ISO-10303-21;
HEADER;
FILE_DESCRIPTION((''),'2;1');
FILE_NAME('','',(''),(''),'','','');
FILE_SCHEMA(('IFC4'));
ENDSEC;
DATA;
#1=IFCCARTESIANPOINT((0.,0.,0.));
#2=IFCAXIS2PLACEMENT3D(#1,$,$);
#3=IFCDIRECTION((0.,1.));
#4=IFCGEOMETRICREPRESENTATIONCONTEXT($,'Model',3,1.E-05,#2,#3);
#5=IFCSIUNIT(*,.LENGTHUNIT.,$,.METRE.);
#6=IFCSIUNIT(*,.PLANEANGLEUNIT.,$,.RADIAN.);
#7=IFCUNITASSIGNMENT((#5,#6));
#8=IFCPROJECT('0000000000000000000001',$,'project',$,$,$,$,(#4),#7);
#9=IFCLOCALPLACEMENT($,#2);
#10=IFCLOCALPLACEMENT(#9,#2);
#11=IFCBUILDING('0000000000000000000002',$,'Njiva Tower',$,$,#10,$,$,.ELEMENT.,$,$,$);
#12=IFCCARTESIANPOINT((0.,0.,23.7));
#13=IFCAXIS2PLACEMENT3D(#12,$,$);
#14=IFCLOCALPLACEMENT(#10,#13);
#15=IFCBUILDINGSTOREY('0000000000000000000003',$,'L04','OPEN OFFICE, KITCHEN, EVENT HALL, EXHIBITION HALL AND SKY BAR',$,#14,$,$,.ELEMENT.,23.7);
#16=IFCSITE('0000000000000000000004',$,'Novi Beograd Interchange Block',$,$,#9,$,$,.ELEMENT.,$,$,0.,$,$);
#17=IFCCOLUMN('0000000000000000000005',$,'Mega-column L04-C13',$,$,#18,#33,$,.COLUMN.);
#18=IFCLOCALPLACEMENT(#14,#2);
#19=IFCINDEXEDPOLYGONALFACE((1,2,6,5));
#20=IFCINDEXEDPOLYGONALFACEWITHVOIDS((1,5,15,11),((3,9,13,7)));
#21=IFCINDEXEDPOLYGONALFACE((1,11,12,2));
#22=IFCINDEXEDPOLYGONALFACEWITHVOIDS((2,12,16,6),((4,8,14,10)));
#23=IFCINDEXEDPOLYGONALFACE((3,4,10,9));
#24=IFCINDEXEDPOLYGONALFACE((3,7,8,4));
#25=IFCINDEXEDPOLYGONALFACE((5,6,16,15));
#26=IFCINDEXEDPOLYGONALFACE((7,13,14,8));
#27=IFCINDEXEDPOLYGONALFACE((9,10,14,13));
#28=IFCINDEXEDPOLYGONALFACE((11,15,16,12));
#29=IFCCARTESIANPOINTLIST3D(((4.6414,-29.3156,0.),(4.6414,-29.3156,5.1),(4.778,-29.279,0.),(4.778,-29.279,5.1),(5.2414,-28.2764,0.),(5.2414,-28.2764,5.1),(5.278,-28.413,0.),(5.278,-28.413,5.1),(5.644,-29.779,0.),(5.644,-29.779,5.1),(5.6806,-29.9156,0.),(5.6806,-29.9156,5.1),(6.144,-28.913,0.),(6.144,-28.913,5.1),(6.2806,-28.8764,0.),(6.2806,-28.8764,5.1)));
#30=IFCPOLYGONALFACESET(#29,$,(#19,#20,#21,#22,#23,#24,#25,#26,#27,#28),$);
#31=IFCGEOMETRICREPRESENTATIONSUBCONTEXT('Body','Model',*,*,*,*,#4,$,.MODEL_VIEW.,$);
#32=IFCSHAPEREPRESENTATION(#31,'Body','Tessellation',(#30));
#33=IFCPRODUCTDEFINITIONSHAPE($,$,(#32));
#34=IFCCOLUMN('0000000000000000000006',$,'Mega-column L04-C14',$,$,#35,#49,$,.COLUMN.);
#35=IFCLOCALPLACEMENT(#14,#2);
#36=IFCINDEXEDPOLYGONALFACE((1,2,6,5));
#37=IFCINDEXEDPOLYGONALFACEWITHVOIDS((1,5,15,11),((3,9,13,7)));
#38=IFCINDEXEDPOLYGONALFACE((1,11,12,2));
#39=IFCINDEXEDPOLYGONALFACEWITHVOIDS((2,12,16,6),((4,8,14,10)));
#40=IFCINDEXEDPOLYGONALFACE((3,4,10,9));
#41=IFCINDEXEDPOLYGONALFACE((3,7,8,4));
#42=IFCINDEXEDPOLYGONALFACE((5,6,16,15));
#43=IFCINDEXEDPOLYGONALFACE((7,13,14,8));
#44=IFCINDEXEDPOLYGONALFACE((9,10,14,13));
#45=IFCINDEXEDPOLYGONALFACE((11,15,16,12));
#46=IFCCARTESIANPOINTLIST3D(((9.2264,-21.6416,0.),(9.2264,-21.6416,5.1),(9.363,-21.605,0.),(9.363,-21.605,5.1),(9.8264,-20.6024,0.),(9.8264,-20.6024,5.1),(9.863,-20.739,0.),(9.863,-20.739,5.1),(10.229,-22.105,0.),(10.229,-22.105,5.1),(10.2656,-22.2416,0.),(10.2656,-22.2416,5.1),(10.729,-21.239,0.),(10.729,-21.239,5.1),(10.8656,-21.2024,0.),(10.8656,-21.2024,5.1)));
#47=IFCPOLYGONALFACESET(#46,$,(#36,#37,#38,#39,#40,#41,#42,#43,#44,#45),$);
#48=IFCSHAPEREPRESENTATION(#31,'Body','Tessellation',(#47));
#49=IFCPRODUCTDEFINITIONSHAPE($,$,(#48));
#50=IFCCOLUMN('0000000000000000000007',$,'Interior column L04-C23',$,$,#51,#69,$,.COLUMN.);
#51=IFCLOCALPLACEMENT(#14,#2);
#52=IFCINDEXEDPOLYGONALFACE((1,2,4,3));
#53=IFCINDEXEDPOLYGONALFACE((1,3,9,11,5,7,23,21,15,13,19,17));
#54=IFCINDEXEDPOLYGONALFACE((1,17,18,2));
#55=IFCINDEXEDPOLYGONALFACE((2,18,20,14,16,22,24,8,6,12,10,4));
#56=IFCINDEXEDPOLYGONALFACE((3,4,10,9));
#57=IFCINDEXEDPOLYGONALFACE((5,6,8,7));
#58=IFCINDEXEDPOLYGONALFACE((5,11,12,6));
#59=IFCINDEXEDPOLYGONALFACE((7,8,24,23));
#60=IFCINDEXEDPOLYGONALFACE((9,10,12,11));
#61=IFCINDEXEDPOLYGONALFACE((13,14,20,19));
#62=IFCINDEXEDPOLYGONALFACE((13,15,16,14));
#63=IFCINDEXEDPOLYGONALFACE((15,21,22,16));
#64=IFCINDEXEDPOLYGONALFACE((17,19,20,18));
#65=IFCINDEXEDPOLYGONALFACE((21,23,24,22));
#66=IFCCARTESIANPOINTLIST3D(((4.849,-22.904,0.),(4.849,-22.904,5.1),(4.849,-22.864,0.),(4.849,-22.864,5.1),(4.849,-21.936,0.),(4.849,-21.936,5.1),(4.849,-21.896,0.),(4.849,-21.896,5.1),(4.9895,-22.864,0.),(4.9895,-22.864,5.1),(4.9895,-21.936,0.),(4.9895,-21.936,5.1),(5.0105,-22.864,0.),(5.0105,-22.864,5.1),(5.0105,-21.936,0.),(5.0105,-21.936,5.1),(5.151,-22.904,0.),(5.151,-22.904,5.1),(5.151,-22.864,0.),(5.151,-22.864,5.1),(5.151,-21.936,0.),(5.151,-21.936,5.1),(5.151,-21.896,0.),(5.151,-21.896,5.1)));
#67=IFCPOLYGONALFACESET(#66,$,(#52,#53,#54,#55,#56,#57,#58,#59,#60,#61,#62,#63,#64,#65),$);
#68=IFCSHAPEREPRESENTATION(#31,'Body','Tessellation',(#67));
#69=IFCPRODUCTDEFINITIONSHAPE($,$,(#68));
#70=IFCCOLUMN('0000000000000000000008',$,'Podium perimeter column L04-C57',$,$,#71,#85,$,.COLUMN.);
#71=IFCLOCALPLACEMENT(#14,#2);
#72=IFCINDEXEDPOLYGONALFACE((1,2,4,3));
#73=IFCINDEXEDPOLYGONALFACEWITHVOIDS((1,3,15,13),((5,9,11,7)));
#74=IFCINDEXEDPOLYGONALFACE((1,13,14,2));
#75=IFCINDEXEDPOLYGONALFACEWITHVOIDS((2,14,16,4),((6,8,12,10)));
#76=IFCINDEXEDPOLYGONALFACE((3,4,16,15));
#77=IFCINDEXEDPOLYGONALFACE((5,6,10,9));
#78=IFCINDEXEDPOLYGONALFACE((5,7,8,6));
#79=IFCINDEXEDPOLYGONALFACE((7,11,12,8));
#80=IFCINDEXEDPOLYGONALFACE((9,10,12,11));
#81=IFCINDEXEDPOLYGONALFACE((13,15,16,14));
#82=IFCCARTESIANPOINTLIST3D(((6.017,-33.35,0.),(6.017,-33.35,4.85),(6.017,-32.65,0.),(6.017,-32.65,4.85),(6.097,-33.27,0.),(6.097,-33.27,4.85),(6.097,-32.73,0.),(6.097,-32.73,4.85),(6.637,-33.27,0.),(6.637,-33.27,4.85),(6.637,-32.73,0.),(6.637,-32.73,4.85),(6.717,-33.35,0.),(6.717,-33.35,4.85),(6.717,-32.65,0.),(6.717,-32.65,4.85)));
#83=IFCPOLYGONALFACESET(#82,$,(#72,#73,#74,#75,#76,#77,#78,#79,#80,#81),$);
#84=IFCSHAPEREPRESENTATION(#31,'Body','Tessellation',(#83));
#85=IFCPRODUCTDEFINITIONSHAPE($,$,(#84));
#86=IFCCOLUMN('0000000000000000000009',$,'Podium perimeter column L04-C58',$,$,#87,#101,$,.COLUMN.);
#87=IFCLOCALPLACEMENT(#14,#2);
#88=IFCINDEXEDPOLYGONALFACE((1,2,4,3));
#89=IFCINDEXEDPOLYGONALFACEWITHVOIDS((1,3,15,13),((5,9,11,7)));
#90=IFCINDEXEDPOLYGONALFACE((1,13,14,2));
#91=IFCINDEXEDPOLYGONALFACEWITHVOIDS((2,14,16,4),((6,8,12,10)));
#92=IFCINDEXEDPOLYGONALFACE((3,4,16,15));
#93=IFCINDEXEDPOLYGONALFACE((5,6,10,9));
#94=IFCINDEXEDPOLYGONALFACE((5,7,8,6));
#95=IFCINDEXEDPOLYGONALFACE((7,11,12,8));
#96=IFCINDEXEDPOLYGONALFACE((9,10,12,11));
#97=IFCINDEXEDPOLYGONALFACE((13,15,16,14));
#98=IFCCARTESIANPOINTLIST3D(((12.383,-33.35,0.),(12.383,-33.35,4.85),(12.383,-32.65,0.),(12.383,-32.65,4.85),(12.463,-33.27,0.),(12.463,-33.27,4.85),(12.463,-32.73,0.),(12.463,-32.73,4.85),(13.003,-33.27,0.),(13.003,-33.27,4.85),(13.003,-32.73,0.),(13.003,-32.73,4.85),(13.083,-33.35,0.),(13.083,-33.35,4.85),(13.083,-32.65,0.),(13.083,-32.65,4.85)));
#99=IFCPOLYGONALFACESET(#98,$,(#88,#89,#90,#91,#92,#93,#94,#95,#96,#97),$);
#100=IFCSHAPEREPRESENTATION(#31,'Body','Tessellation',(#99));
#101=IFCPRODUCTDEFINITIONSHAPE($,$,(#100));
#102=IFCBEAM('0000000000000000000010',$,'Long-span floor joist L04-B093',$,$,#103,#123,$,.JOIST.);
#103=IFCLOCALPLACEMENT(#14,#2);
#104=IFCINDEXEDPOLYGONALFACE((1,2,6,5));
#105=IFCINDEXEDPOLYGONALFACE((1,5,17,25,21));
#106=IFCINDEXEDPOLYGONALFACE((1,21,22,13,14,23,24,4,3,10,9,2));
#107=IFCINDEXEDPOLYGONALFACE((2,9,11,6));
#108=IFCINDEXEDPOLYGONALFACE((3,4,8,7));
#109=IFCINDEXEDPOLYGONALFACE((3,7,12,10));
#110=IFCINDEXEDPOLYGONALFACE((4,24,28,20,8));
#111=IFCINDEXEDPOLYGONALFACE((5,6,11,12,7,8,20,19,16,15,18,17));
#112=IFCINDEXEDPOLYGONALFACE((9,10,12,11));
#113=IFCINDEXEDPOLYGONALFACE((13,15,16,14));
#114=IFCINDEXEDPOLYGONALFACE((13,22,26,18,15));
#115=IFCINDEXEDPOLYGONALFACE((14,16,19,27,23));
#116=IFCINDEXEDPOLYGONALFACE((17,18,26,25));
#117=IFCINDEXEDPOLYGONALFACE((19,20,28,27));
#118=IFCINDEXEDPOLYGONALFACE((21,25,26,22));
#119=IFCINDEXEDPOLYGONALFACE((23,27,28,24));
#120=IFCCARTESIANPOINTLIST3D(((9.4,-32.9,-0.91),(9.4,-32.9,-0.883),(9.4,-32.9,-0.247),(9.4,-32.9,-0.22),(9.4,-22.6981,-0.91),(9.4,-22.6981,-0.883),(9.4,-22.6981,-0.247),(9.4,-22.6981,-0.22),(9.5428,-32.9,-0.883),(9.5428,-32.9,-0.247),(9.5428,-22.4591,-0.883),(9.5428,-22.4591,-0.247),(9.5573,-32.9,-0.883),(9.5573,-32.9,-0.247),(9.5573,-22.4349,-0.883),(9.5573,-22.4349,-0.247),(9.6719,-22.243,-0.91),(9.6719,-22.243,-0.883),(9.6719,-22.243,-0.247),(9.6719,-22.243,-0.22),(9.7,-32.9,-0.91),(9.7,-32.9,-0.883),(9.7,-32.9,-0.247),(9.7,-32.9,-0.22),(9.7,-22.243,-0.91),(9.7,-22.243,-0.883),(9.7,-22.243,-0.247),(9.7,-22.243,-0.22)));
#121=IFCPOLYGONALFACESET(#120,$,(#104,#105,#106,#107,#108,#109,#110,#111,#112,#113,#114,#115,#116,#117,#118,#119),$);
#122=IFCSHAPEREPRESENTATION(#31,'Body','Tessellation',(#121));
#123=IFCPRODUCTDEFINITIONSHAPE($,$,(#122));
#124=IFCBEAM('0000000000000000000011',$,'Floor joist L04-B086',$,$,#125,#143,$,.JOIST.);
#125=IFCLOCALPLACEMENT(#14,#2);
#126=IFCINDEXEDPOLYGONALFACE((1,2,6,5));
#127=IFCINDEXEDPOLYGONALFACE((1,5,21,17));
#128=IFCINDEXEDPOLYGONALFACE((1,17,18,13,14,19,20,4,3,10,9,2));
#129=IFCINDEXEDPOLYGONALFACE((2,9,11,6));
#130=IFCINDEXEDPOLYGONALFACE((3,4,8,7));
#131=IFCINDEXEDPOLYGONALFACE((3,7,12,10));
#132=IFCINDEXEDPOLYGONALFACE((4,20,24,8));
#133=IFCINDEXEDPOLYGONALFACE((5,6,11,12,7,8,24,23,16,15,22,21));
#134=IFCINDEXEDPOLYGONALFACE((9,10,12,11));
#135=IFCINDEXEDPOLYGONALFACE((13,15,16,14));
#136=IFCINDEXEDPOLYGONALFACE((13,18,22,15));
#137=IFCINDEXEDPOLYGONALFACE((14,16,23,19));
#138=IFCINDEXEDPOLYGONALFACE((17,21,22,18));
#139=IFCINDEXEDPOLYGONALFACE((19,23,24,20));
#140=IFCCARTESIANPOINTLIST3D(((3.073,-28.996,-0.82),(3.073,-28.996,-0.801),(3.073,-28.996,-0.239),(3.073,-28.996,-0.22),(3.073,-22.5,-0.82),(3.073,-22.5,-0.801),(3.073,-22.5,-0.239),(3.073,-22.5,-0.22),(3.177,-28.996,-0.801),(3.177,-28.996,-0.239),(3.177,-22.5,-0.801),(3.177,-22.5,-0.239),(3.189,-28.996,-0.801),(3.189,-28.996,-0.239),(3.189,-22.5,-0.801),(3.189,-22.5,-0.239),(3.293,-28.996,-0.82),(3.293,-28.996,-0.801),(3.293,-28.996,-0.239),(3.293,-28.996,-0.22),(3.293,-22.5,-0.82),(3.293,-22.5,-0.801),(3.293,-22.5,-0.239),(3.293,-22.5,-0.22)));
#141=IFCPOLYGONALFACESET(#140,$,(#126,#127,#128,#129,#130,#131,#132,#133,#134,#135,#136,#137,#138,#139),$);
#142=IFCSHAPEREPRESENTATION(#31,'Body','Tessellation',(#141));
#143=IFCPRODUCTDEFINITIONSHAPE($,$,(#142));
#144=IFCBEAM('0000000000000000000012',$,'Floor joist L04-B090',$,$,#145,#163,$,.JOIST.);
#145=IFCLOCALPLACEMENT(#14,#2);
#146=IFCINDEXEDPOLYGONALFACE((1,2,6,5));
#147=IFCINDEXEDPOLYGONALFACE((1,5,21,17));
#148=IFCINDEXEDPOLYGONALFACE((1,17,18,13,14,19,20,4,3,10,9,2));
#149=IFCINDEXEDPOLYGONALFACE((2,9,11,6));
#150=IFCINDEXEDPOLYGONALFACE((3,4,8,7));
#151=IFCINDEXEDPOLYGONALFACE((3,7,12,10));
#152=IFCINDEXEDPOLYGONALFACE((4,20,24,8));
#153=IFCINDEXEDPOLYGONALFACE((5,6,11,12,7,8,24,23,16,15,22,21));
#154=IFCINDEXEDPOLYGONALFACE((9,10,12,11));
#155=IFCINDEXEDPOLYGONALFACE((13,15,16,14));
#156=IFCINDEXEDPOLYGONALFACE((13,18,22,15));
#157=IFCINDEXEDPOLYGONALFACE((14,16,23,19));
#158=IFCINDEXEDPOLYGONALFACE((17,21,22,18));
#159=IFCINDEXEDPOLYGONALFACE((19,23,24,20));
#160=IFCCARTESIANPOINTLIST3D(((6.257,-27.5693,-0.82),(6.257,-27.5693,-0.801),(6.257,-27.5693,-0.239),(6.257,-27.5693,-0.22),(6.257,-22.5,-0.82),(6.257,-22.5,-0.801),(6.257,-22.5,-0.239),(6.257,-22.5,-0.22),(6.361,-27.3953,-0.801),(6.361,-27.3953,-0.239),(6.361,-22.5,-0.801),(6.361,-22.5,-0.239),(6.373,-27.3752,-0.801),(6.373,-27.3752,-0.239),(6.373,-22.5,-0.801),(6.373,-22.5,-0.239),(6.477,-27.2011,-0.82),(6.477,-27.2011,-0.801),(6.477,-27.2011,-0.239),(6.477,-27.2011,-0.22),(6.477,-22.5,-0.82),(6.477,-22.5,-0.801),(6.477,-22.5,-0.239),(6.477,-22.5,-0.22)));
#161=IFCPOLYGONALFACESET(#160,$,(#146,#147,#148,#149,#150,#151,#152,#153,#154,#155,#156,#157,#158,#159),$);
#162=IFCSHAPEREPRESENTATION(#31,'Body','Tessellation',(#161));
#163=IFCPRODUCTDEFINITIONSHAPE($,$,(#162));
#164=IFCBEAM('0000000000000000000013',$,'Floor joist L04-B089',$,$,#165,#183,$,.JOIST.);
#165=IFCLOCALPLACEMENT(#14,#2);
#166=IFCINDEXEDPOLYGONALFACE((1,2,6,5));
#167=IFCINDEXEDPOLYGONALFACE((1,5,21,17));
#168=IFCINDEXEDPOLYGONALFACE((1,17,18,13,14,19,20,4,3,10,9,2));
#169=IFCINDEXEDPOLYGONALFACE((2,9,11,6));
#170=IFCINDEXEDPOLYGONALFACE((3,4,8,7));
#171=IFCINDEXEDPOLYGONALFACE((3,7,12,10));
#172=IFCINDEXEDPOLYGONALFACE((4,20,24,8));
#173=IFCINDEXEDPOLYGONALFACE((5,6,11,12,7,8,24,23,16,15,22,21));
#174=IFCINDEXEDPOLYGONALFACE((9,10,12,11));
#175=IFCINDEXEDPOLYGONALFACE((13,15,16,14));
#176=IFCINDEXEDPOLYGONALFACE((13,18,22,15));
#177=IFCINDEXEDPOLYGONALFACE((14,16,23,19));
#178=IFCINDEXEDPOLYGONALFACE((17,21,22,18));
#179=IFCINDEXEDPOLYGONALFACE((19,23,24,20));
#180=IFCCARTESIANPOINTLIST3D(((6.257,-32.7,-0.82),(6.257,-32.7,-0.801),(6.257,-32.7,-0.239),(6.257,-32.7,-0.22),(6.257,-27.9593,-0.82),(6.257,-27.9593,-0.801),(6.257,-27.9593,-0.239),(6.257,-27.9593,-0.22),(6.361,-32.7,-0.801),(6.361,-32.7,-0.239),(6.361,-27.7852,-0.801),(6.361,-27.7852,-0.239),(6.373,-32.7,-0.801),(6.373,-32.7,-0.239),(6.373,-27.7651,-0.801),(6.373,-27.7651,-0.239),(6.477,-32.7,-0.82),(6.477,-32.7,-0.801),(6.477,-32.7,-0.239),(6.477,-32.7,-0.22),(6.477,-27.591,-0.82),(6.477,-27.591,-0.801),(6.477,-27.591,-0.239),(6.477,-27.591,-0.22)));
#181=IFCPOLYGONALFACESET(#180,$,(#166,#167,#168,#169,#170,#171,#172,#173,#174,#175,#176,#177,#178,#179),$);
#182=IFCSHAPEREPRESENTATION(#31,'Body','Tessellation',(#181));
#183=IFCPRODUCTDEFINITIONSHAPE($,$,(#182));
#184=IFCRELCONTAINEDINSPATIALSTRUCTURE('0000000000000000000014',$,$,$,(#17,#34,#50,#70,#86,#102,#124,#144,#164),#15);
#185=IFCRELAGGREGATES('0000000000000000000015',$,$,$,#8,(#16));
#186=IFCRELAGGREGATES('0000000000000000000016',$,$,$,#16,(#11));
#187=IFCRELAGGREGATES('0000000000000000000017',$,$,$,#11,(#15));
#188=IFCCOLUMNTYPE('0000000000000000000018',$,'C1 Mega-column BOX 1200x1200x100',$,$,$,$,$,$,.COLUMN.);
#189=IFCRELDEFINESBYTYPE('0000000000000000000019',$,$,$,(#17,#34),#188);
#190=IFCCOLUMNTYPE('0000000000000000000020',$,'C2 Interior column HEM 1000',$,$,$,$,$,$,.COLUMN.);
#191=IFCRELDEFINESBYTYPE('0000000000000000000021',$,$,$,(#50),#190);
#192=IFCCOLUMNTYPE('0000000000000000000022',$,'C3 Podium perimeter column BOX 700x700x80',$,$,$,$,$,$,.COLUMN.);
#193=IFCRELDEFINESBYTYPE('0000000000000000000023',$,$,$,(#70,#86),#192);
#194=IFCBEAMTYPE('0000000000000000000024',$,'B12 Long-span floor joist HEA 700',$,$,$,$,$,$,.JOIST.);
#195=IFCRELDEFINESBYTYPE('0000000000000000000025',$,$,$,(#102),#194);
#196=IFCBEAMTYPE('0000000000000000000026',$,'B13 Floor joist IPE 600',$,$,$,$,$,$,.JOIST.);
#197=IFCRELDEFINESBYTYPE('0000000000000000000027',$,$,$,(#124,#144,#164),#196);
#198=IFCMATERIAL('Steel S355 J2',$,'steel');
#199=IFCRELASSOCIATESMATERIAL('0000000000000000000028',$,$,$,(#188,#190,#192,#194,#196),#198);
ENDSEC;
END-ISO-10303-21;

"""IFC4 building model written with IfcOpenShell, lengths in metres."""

from ifc_helpers import new_model, si_unit, direction, frame, origin, origin_2d, place, context, subcontext, project, spatial, hollow_rectangle, i_section, extrude, clip, halfspace, material, material_profile, profile_set, type_object, element, save


model = new_model("IFC4")

# Units and contexts
model_context = context("Model", 3, precision=1e-05, world=origin(), true_north=direction((0.0, 1.0)))
body_context = subcontext(model_context, "Body", "Model", "MODEL_VIEW")
ifc_project = project(units=[si_unit("LENGTHUNIT", "METRE"), si_unit("PLANEANGLEUNIT", "RADIAN")], contexts=[model_context])

# Site, building, storey
site_placement = place(None, origin())
site = spatial("IfcSite", under=ifc_project, at=site_placement, Name="Novi Beograd Interchange Block", CompositionType="ELEMENT", RefElevation=0.0)
building_placement = place(site_placement, origin())
building = spatial("IfcBuilding", under=site, at=building_placement, Name="Njiva Tower", CompositionType="ELEMENT")
storey_placement = place(building_placement, frame((0.0, 0.0, 23.7)))
storey = spatial("IfcBuildingStorey", under=building, at=storey_placement, Name="L04", Description="OPEN OFFICE, KITCHEN, EVENT HALL, EXHIBITION HALL AND SKY BAR", CompositionType="ELEMENT", Elevation=23.7)

# Columns
ifc_material_1 = material(Name="Steel S355 J2", Category="steel")
ifc_material_profile_1 = material_profile(ifc_material_1, hollow_rectangle(XDim=1.2, YDim=1.2, WallThickness=0.1, at=origin_2d()), Name="BOX 1200x1200x100")
ifc_profile_set_1 = profile_set([ifc_material_profile_1], Name="Steel S355 J2")
column_type_1 = type_object("IfcColumnType", Name="C1 Mega-column BOX 1200x1200x100", PredefinedType="COLUMN", material=ifc_profile_set_1)
for number, where, z_axis, x_axis, name in (
    (1, (5.461, -29.096, 0.0), (0.0, 0.0, 1.0), (0.5, 0.866025, 0.0), "Mega-column L04-C13"),
    (2, (10.046, -21.422, 0.0), (0.0, 0.0, 1.0), (0.5, 0.866025, 0.0), "Mega-column L04-C14"),
):
    element("IfcColumn", number, at=place(storey_placement, frame(where, z_axis=z_axis, x_axis=x_axis)), inside=storey, type_object=column_type_1, Name=name, PredefinedType="COLUMN", context=body_context, shape_type="SweptSolid", body=[
        extrude(hollow_rectangle(XDim=1.2, YDim=1.2, WallThickness=0.1, at=origin_2d()), origin(), (0.0, 0.0, 1.0), 5.1),
    ])
ifc_material_profile_2 = material_profile(ifc_material_1, i_section(OverallWidth=0.302, OverallDepth=1.008, WebThickness=0.021, FlangeThickness=0.04, at=origin_2d()), Name="HEM 1000")
ifc_profile_set_2 = profile_set([ifc_material_profile_2], Name="Steel S355 J2")
column_type_2 = type_object("IfcColumnType", Name="C2 Interior column HEM 1000", PredefinedType="COLUMN", material=ifc_profile_set_2)
column_placement = place(storey_placement, frame((5.0, -22.4, 0.0), z_axis=(0.0, 0.0, 1.0), x_axis=(1.0, 0.0, 0.0)))
element("IfcColumn", 3, at=column_placement, inside=storey, type_object=column_type_2, Name="Interior column L04-C23", PredefinedType="COLUMN", context=body_context, shape_type="SweptSolid", body=[
    extrude(i_section(OverallWidth=0.302, OverallDepth=1.008, WebThickness=0.021, FlangeThickness=0.04, at=origin_2d()), origin(), (0.0, 0.0, 1.0), 5.1),
])
ifc_material_profile_3 = material_profile(ifc_material_1, hollow_rectangle(XDim=0.7, YDim=0.7, WallThickness=0.08, at=origin_2d()), Name="BOX 700x700x80")
ifc_profile_set_3 = profile_set([ifc_material_profile_3], Name="Steel S355 J2")
column_type_3 = type_object("IfcColumnType", Name="C3 Podium perimeter column BOX 700x700x80", PredefinedType="COLUMN", material=ifc_profile_set_3)
for number, where, z_axis, x_axis, name in (
    (4, (6.367, -33.0, 0.0), (0.0, 0.0, 1.0), (1.0, 0.0, 0.0), "Podium perimeter column L04-C57"),
    (5, (12.733, -33.0, 0.0), (0.0, 0.0, 1.0), (1.0, 0.0, 0.0), "Podium perimeter column L04-C58"),
):
    element("IfcColumn", number, at=place(storey_placement, frame(where, z_axis=z_axis, x_axis=x_axis)), inside=storey, type_object=column_type_3, Name=name, PredefinedType="COLUMN", context=body_context, shape_type="SweptSolid", body=[
        extrude(hollow_rectangle(XDim=0.7, YDim=0.7, WallThickness=0.08, at=origin_2d()), origin(), (0.0, 0.0, 1.0), 4.85),
    ])

# Beams
ifc_material_profile_4 = material_profile(ifc_material_1, i_section(OverallWidth=0.3, OverallDepth=0.69, WebThickness=0.0145, FlangeThickness=0.027, at=origin_2d()), Name="HEA 700")
ifc_profile_set_4 = profile_set([ifc_material_profile_4], Name="Steel S355 J2")
beam_type_1 = type_object("IfcBeamType", Name="B12 Long-span floor joist HEA 700", PredefinedType="JOIST", material=ifc_profile_set_4)
beam_1_placement = place(storey_placement, frame((9.55, -22.243, -0.565), z_axis=(0.0, -1.0, 0.0), x_axis=(1.0, 0.0, 0.0)))
element("IfcBeam", 6, at=beam_1_placement, inside=storey, type_object=beam_type_1, Name="Long-span floor joist L04-B093", PredefinedType="JOIST", context=body_context, shape_type="Clipping", body=[
    clip(extrude(i_section(OverallWidth=0.3, OverallDepth=0.69, WebThickness=0.0145, FlangeThickness=0.027, at=origin_2d()), origin(), (0.0, 0.0, 1.0), 10.657), halfspace(frame((-0.0429, 0.0, 0.2758), z_axis=(-0.858483, 0.0, -0.512842), x_axis=(0.0, -1.0, 0.0)), False)),
])
ifc_material_profile_5 = material_profile(ifc_material_1, i_section(OverallWidth=0.22, OverallDepth=0.6, WebThickness=0.012, FlangeThickness=0.019, at=origin_2d()), Name="IPE 600")
ifc_profile_set_5 = profile_set([ifc_material_profile_5], Name="Steel S355 J2")
beam_type_2 = type_object("IfcBeamType", Name="B13 Floor joist IPE 600", PredefinedType="JOIST", material=ifc_profile_set_5)
beam_2_placement = place(storey_placement, frame((3.183, -22.5, -0.52), z_axis=(0.0, -1.0, 0.0), x_axis=(1.0, 0.0, 0.0)))
element("IfcBeam", 7, at=beam_2_placement, inside=storey, type_object=beam_type_2, Name="Floor joist L04-B086", PredefinedType="JOIST", context=body_context, shape_type="SweptSolid", body=[
    extrude(i_section(OverallWidth=0.22, OverallDepth=0.6, WebThickness=0.012, FlangeThickness=0.019, at=origin_2d()), origin(), (0.0, 0.0, 1.0), 6.496),
])
beam_3_placement = place(storey_placement, frame((6.367, -22.5, -0.52), z_axis=(0.0, -1.0, 0.0), x_axis=(1.0, 0.0, 0.0)))
element("IfcBeam", 8, at=beam_3_placement, inside=storey, type_object=beam_type_2, Name="Floor joist L04-B090", PredefinedType="JOIST", context=body_context, shape_type="Clipping", body=[
    clip(extrude(i_section(OverallWidth=0.22, OverallDepth=0.6, WebThickness=0.012, FlangeThickness=0.019, at=origin_2d()), origin(), (0.0, 0.0, 1.0), 5.09), halfspace(frame((0.0426, 0.0, 4.8139), z_axis=(0.858483, 0.0, 0.512842), x_axis=(0.0, 1.0, 0.0)), False)),
])
beam_4_placement = place(storey_placement, frame((6.367, -27.572, -0.52), z_axis=(0.0, -1.0, 0.0), x_axis=(1.0, 0.0, 0.0)))
element("IfcBeam", 9, at=beam_4_placement, inside=storey, type_object=beam_type_2, Name="Floor joist L04-B089", PredefinedType="JOIST", context=body_context, shape_type="Clipping", body=[
    clip(extrude(i_section(OverallWidth=0.22, OverallDepth=0.6, WebThickness=0.012, FlangeThickness=0.019, at=origin_2d()), origin(), (0.0, 0.0, 1.0), 5.128), halfspace(frame((-0.0433, 0.0, 0.2756), z_axis=(-0.858483, 0.0, -0.512842), x_axis=(0.0, -1.0, 0.0)), False)),
])

save(model, "model.ifc")
